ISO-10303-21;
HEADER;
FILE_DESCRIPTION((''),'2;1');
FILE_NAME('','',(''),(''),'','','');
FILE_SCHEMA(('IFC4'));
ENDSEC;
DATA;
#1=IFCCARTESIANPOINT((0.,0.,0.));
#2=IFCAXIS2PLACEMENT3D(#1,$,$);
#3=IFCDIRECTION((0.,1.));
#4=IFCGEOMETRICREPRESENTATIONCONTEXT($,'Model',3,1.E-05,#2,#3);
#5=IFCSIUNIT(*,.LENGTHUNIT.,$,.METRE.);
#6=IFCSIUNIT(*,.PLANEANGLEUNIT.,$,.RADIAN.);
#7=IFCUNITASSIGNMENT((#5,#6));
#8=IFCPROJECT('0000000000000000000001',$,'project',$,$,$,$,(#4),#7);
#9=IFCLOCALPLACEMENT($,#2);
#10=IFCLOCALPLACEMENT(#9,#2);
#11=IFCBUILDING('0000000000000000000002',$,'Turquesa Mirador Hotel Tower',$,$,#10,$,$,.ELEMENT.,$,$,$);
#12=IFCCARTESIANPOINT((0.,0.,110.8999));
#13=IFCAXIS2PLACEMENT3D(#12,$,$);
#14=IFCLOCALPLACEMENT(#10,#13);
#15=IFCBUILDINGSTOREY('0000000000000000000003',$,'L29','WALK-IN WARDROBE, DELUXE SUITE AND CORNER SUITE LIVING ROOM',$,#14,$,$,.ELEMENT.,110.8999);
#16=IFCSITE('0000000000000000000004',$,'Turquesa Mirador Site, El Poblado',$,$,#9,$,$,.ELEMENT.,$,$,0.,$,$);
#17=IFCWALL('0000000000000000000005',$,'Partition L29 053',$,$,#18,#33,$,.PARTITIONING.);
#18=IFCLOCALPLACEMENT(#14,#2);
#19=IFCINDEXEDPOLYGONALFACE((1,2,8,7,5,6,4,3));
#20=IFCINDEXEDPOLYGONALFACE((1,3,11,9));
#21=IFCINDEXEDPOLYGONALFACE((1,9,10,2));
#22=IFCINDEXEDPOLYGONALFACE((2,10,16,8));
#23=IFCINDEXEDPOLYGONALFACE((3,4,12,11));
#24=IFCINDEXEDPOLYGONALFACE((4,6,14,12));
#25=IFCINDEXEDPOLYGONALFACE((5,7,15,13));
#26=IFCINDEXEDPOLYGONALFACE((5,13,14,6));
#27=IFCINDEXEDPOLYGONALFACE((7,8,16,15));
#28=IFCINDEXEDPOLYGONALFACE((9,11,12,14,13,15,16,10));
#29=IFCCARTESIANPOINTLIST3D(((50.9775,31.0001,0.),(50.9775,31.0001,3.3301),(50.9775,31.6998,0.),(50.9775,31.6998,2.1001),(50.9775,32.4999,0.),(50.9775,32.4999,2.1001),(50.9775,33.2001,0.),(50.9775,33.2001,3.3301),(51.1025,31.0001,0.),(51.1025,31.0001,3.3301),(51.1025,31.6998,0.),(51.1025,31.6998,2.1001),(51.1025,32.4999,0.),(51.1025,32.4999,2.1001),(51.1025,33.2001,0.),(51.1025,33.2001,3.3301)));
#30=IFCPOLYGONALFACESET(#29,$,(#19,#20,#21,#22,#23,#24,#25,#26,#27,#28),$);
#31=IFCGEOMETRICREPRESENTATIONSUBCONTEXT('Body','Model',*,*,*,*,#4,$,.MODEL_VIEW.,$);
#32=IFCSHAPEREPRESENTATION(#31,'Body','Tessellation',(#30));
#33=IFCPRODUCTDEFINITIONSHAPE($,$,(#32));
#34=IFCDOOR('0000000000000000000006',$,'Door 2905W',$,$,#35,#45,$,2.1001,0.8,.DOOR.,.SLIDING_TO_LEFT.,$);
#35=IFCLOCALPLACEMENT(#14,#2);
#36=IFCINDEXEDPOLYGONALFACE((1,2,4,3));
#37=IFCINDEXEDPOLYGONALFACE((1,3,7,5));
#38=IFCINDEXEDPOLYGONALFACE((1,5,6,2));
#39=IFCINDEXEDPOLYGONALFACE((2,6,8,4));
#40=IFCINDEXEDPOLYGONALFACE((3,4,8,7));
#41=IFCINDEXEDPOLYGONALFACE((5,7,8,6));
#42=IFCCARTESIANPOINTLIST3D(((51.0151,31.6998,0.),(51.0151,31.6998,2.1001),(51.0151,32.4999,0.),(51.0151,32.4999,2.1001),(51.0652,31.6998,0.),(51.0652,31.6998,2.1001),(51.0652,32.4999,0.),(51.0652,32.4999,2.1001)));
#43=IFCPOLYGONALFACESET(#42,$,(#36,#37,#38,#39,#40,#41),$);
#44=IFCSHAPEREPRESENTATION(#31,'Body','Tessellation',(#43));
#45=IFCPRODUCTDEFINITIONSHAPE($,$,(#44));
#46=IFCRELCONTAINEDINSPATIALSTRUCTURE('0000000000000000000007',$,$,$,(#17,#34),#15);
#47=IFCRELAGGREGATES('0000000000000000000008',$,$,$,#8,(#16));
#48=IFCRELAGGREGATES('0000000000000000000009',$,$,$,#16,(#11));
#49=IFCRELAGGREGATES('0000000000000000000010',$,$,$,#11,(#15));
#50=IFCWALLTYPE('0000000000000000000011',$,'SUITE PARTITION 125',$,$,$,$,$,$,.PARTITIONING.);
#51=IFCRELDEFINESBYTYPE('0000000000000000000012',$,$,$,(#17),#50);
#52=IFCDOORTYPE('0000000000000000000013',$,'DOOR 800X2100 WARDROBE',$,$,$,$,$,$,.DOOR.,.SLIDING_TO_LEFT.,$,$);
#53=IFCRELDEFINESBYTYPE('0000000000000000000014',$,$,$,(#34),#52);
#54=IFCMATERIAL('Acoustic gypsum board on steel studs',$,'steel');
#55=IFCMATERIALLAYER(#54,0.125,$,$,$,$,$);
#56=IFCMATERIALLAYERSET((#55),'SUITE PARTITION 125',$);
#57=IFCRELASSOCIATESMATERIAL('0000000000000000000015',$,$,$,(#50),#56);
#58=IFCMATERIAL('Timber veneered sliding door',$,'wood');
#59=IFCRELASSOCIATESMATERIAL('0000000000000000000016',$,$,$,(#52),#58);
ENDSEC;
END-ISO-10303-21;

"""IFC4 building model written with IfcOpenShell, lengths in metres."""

from ifc_helpers import new_model, si_unit, direction, frame, frame_2d, origin, place, context, subcontext, project, spatial, rectangle, extrude, material, layer, layer_set, type_object, element, fill, save


model = new_model("IFC4")

# Units and contexts
model_context = context("Model", 3, precision=1e-05, world=origin(), true_north=direction((0.0, 1.0)))
body_context = subcontext(model_context, "Body", "Model", "MODEL_VIEW")
ifc_project = project(units=[si_unit("LENGTHUNIT", "METRE"), si_unit("PLANEANGLEUNIT", "RADIAN")], contexts=[model_context])

# Site, building, storey
site_placement = place(None, origin())
site = spatial("IfcSite", under=ifc_project, at=site_placement, Name="Turquesa Mirador Site, El Poblado", CompositionType="ELEMENT", RefElevation=0.0)
building_placement = place(site_placement, origin())
building = spatial("IfcBuilding", under=site, at=building_placement, Name="Turquesa Mirador Hotel Tower", CompositionType="ELEMENT")
storey_placement = place(building_placement, frame((0.0, 0.0, 110.8999)))
storey = spatial("IfcBuildingStorey", under=building, at=storey_placement, Name="L29", Description="WALK-IN WARDROBE, DELUXE SUITE AND CORNER SUITE LIVING ROOM", CompositionType="ELEMENT", Elevation=110.8999)

# Wall, opening, door
ifc_material_1 = material(Name="Acoustic gypsum board on steel studs", Category="steel")
ifc_layer_1 = layer(ifc_material_1, 0.125)
ifc_layer_set_1 = layer_set([ifc_layer_1], Name="SUITE PARTITION 125")
wall_type_1 = type_object("IfcWallType", Name="SUITE PARTITION 125", PredefinedType="PARTITIONING", material=ifc_layer_set_1)
wall_1_placement = place(storey_placement, frame((51.04, 31.0, 0.0), z_axis=(0.0, 0.0, 1.0), x_axis=(0.0, 1.0, 0.0)))
wall_1 = element("IfcWall", 1, at=wall_1_placement, inside=storey, type_object=wall_type_1, Name="Partition L29 053", PredefinedType="PARTITIONING", context=body_context, shape_type="SweptSolid", body=[
    extrude(rectangle(XDim=2.2, YDim=0.125, at=frame_2d((1.1001, 0.0))), origin(), (0.0, 0.0, 1.0), 3.3301),
])
opening_1_placement = place(wall_1_placement, frame((0.7, 0.0, 0.0)))
opening_1 = element("IfcOpeningElement", 2, at=opening_1_placement, cuts=wall_1, PredefinedType="OPENING", context=body_context, shape_type="SweptSolid", body=[
    extrude(rectangle(XDim=0.8, YDim=2.1001, at=frame_2d((0.3999, 1.05))), frame((0.0, 0.0725, 0.0), z_axis=(0.0, -1.0, 0.0), x_axis=(1.0, 0.0, 0.0)), (0.0, 0.0, 1.0), 0.145),
])
ifc_material_2 = material(Name="Timber veneered sliding door", Category="wood")
door_type_1 = type_object("IfcDoorType", Name="DOOR 800X2100 WARDROBE", OperationType="SLIDING_TO_LEFT", PredefinedType="DOOR", material=ifc_material_2)
door_1_placement = place(opening_1_placement, origin())
door_1 = element("IfcDoor", 3, at=door_1_placement, inside=storey, type_object=door_type_1, Name="Door 2905W", OperationType="SLIDING_TO_LEFT", OverallHeight=2.1001, OverallWidth=0.8, PredefinedType="DOOR", context=body_context, shape_type="SweptSolid", body=[
    extrude(rectangle(XDim=0.8, YDim=2.1001, at=frame_2d((0.3999, 1.05))), frame((0.0, 0.0249, 0.0), z_axis=(0.0, -1.0, 0.0), x_axis=(1.0, 0.0, 0.0)), (0.0, 0.0, 1.0), 0.05),
])
fill(opening_1, door_1)

save(model, "model.ifc")
